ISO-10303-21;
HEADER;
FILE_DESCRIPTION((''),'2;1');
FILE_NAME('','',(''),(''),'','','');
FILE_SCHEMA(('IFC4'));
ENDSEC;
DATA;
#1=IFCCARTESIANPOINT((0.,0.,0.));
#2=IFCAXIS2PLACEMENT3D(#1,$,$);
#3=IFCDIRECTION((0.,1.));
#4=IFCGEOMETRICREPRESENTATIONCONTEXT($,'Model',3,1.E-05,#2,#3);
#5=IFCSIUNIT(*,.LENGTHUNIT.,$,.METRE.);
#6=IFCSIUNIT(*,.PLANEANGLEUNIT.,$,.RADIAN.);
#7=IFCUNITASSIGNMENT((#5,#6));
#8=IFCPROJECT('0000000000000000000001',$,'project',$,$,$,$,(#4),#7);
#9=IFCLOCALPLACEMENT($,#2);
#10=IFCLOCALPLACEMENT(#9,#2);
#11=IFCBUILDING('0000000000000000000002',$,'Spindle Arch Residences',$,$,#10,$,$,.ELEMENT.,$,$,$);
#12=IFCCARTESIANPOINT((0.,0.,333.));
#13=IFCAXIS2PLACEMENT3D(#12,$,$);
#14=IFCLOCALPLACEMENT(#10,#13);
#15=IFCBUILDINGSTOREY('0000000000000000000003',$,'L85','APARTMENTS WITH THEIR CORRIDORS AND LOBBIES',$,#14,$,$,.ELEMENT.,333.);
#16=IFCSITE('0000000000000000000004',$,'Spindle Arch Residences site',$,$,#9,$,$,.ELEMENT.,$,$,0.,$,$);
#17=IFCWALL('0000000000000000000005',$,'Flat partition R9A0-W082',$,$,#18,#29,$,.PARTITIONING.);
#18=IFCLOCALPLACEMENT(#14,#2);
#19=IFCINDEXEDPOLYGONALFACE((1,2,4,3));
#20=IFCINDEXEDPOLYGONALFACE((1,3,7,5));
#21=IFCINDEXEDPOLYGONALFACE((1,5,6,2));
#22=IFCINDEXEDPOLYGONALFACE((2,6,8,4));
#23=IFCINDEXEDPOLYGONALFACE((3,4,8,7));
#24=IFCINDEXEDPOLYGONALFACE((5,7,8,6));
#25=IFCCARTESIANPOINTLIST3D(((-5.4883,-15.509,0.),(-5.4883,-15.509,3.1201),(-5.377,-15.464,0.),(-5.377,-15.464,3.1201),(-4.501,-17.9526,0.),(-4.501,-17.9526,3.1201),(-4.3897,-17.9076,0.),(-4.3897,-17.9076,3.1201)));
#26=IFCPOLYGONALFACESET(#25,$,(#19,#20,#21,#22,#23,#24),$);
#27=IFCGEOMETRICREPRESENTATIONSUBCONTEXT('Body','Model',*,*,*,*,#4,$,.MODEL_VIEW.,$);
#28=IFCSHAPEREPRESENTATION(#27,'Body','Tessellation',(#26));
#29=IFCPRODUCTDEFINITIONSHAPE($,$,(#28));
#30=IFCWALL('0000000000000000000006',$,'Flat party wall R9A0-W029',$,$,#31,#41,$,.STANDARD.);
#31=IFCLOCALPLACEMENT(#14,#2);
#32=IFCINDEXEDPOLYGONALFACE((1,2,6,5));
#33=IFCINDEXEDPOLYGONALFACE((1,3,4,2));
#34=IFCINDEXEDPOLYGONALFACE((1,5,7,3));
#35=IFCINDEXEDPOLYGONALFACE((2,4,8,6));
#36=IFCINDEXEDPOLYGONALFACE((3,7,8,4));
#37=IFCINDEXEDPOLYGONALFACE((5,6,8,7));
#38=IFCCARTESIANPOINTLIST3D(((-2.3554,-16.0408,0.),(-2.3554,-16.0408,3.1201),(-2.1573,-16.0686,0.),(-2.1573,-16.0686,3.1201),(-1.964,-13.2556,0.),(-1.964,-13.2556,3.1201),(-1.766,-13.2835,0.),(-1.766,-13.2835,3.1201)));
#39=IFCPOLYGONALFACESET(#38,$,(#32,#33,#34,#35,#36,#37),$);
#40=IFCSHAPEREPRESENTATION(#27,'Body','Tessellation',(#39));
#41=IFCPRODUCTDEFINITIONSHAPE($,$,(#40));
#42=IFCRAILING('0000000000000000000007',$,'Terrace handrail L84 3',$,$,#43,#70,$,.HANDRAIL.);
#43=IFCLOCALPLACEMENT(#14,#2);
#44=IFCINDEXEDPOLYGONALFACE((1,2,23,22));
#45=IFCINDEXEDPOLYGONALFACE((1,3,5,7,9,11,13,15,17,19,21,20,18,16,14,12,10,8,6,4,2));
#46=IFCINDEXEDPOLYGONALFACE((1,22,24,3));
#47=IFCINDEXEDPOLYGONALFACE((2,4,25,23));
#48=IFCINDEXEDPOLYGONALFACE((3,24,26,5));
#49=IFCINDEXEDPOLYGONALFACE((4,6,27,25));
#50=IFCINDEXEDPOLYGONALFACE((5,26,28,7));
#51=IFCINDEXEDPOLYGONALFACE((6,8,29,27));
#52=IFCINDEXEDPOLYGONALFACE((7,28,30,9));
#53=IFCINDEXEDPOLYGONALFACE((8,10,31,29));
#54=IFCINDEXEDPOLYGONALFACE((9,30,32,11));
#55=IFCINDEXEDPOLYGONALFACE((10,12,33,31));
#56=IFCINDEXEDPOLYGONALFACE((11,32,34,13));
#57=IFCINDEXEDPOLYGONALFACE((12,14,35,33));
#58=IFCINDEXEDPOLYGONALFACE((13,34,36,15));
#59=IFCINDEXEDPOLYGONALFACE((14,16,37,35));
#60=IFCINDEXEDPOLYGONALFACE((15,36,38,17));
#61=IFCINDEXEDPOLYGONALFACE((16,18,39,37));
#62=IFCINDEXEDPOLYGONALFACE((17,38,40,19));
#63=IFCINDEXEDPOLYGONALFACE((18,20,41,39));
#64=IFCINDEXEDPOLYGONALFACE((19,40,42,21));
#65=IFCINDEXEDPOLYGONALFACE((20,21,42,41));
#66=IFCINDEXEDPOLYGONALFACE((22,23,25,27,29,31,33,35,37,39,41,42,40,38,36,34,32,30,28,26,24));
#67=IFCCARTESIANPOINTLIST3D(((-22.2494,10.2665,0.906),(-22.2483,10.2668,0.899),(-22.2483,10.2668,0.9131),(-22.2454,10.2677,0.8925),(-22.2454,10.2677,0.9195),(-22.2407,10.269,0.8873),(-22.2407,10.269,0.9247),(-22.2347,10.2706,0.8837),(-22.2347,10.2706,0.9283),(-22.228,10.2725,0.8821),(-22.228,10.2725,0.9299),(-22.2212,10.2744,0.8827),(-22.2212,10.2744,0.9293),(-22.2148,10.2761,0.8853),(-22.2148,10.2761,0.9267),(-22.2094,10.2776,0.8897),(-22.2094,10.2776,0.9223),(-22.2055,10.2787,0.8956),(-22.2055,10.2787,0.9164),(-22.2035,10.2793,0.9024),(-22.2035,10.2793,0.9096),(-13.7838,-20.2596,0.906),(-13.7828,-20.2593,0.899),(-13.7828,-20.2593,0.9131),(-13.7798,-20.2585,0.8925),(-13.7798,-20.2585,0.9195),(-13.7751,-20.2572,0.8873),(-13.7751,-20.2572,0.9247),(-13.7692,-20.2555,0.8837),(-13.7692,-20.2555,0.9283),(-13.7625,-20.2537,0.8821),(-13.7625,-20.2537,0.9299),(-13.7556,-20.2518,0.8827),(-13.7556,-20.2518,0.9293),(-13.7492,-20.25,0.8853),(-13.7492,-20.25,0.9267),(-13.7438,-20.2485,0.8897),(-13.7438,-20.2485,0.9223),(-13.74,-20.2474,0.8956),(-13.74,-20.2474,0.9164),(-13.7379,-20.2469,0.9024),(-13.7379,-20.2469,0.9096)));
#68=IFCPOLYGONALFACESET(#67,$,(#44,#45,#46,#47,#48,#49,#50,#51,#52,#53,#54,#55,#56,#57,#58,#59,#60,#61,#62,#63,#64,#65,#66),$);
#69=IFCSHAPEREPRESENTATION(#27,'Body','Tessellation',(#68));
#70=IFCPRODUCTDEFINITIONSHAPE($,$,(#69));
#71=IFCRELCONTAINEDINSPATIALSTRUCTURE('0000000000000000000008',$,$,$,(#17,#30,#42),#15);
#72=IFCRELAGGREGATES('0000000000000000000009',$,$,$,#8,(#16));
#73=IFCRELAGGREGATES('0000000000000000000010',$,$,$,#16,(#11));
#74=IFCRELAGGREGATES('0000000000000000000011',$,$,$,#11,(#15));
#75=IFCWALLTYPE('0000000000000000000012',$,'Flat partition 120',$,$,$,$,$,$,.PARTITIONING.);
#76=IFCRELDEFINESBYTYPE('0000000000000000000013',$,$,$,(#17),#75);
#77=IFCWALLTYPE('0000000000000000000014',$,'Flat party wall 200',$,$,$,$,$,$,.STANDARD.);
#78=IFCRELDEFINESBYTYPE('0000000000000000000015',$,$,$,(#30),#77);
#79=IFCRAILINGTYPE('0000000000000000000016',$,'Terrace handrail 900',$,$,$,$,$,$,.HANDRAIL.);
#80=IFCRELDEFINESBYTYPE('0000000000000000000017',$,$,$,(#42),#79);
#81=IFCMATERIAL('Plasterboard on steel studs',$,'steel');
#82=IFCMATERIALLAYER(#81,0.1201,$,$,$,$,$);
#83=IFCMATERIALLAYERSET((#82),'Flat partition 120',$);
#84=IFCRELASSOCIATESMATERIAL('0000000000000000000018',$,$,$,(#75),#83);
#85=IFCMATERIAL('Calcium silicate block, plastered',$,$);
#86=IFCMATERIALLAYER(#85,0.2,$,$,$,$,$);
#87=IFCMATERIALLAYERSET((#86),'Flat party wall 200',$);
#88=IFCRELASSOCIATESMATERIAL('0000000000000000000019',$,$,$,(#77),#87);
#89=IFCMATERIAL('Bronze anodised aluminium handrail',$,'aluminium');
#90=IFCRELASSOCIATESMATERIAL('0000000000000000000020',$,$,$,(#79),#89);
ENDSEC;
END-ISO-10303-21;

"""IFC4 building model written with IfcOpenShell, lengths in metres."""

from ifc_helpers import new_model, si_unit, direction, frame, frame_2d, origin, origin_2d, place, context, subcontext, project, spatial, rectangle, circle, extrude, material, layer, layer_set, type_object, element, save


model = new_model("IFC4")

# Units and contexts
model_context = context("Model", 3, precision=1e-05, world=origin(), true_north=direction((0.0, 1.0)))
body_context = subcontext(model_context, "Body", "Model", "MODEL_VIEW")
ifc_project = project(units=[si_unit("LENGTHUNIT", "METRE"), si_unit("PLANEANGLEUNIT", "RADIAN")], contexts=[model_context])

# Site, building, storey
site_placement = place(None, origin())
site = spatial("IfcSite", under=ifc_project, at=site_placement, Name="Spindle Arch Residences site", CompositionType="ELEMENT", RefElevation=0.0)
building_placement = place(site_placement, origin())
building = spatial("IfcBuilding", under=site, at=building_placement, Name="Spindle Arch Residences", CompositionType="ELEMENT")
storey_placement = place(building_placement, frame((0.0, 0.0, 333.0)))
storey = spatial("IfcBuildingStorey", under=building, at=storey_placement, Name="L85", Description="APARTMENTS WITH THEIR CORRIDORS AND LOBBIES", CompositionType="ELEMENT", Elevation=333.0)

# Shared definitions
ifc_material_1 = material(Name="Plasterboard on steel studs", Category="steel")
ifc_layer_1 = layer(ifc_material_1, 0.1201)
ifc_layer_set_1 = layer_set([ifc_layer_1], Name="Flat partition 120")
wall_type_1 = type_object("IfcWallType", Name="Flat partition 120", PredefinedType="PARTITIONING", material=ifc_layer_set_1)

# Walls
wall_1_placement = place(storey_placement, frame((-4.4453, -17.9302, 0.0), z_axis=(0.0, 0.0, 1.0), x_axis=(-0.374615, 0.927181, 0.0)))
element("IfcWall", 1, at=wall_1_placement, inside=storey, type_object=wall_type_1, Name="Flat partition R9A0-W082", PredefinedType="PARTITIONING", context=body_context, shape_type="SweptSolid", body=[
    extrude(rectangle(XDim=2.6355, YDim=0.1201, at=frame_2d((1.3179, 0.0))), origin(), (0.0, 0.0, 1.0), 3.1201),
])
ifc_material_2 = material(Name="Calcium silicate block, plastered")
ifc_layer_2 = layer(ifc_material_2, 0.2)
ifc_layer_set_2 = layer_set([ifc_layer_2], Name="Flat party wall 200")
wall_type_2 = type_object("IfcWallType", Name="Flat party wall 200", PredefinedType="STANDARD", material=ifc_layer_set_2)
wall_2_placement = place(storey_placement, frame((-2.2563, -16.0547, 0.0), z_axis=(0.0, 0.0, 1.0), x_axis=(0.139148, 0.990272, 0.0)))
element("IfcWall", 2, at=wall_2_placement, inside=storey, type_object=wall_type_2, Name="Flat party wall R9A0-W029", PredefinedType="STANDARD", context=body_context, shape_type="SweptSolid", body=[
    extrude(rectangle(XDim=2.8125, YDim=0.2, at=frame_2d((1.4062, 0.0))), origin(), (0.0, 0.0, 1.0), 3.1201),
])

# Railing
ifc_material_3 = material(Name="Bronze anodised aluminium handrail", Category="aluminium")
railing_type = type_object("IfcRailingType", Name="Terrace handrail 900", PredefinedType="HANDRAIL", material=ifc_material_3)
railing_placement = place(storey_placement, frame((-13.7607, -20.2532, 0.03)))
element("IfcRailing", 3, at=railing_placement, inside=storey, type_object=railing_type, Name="Terrace handrail L84 3", PredefinedType="HANDRAIL", context=body_context, shape_type="SweptSolid", body=[
    extrude(circle(Radius=0.0239, at=origin_2d()), frame((0.0, 0.0, 0.876), z_axis=(-0.267236, 0.963631, 0.0), x_axis=(-0.963631, -0.267236, 0.0)), (0.0, 0.0, 1.0), 31.6782),
])

save(model, "model.ifc")
